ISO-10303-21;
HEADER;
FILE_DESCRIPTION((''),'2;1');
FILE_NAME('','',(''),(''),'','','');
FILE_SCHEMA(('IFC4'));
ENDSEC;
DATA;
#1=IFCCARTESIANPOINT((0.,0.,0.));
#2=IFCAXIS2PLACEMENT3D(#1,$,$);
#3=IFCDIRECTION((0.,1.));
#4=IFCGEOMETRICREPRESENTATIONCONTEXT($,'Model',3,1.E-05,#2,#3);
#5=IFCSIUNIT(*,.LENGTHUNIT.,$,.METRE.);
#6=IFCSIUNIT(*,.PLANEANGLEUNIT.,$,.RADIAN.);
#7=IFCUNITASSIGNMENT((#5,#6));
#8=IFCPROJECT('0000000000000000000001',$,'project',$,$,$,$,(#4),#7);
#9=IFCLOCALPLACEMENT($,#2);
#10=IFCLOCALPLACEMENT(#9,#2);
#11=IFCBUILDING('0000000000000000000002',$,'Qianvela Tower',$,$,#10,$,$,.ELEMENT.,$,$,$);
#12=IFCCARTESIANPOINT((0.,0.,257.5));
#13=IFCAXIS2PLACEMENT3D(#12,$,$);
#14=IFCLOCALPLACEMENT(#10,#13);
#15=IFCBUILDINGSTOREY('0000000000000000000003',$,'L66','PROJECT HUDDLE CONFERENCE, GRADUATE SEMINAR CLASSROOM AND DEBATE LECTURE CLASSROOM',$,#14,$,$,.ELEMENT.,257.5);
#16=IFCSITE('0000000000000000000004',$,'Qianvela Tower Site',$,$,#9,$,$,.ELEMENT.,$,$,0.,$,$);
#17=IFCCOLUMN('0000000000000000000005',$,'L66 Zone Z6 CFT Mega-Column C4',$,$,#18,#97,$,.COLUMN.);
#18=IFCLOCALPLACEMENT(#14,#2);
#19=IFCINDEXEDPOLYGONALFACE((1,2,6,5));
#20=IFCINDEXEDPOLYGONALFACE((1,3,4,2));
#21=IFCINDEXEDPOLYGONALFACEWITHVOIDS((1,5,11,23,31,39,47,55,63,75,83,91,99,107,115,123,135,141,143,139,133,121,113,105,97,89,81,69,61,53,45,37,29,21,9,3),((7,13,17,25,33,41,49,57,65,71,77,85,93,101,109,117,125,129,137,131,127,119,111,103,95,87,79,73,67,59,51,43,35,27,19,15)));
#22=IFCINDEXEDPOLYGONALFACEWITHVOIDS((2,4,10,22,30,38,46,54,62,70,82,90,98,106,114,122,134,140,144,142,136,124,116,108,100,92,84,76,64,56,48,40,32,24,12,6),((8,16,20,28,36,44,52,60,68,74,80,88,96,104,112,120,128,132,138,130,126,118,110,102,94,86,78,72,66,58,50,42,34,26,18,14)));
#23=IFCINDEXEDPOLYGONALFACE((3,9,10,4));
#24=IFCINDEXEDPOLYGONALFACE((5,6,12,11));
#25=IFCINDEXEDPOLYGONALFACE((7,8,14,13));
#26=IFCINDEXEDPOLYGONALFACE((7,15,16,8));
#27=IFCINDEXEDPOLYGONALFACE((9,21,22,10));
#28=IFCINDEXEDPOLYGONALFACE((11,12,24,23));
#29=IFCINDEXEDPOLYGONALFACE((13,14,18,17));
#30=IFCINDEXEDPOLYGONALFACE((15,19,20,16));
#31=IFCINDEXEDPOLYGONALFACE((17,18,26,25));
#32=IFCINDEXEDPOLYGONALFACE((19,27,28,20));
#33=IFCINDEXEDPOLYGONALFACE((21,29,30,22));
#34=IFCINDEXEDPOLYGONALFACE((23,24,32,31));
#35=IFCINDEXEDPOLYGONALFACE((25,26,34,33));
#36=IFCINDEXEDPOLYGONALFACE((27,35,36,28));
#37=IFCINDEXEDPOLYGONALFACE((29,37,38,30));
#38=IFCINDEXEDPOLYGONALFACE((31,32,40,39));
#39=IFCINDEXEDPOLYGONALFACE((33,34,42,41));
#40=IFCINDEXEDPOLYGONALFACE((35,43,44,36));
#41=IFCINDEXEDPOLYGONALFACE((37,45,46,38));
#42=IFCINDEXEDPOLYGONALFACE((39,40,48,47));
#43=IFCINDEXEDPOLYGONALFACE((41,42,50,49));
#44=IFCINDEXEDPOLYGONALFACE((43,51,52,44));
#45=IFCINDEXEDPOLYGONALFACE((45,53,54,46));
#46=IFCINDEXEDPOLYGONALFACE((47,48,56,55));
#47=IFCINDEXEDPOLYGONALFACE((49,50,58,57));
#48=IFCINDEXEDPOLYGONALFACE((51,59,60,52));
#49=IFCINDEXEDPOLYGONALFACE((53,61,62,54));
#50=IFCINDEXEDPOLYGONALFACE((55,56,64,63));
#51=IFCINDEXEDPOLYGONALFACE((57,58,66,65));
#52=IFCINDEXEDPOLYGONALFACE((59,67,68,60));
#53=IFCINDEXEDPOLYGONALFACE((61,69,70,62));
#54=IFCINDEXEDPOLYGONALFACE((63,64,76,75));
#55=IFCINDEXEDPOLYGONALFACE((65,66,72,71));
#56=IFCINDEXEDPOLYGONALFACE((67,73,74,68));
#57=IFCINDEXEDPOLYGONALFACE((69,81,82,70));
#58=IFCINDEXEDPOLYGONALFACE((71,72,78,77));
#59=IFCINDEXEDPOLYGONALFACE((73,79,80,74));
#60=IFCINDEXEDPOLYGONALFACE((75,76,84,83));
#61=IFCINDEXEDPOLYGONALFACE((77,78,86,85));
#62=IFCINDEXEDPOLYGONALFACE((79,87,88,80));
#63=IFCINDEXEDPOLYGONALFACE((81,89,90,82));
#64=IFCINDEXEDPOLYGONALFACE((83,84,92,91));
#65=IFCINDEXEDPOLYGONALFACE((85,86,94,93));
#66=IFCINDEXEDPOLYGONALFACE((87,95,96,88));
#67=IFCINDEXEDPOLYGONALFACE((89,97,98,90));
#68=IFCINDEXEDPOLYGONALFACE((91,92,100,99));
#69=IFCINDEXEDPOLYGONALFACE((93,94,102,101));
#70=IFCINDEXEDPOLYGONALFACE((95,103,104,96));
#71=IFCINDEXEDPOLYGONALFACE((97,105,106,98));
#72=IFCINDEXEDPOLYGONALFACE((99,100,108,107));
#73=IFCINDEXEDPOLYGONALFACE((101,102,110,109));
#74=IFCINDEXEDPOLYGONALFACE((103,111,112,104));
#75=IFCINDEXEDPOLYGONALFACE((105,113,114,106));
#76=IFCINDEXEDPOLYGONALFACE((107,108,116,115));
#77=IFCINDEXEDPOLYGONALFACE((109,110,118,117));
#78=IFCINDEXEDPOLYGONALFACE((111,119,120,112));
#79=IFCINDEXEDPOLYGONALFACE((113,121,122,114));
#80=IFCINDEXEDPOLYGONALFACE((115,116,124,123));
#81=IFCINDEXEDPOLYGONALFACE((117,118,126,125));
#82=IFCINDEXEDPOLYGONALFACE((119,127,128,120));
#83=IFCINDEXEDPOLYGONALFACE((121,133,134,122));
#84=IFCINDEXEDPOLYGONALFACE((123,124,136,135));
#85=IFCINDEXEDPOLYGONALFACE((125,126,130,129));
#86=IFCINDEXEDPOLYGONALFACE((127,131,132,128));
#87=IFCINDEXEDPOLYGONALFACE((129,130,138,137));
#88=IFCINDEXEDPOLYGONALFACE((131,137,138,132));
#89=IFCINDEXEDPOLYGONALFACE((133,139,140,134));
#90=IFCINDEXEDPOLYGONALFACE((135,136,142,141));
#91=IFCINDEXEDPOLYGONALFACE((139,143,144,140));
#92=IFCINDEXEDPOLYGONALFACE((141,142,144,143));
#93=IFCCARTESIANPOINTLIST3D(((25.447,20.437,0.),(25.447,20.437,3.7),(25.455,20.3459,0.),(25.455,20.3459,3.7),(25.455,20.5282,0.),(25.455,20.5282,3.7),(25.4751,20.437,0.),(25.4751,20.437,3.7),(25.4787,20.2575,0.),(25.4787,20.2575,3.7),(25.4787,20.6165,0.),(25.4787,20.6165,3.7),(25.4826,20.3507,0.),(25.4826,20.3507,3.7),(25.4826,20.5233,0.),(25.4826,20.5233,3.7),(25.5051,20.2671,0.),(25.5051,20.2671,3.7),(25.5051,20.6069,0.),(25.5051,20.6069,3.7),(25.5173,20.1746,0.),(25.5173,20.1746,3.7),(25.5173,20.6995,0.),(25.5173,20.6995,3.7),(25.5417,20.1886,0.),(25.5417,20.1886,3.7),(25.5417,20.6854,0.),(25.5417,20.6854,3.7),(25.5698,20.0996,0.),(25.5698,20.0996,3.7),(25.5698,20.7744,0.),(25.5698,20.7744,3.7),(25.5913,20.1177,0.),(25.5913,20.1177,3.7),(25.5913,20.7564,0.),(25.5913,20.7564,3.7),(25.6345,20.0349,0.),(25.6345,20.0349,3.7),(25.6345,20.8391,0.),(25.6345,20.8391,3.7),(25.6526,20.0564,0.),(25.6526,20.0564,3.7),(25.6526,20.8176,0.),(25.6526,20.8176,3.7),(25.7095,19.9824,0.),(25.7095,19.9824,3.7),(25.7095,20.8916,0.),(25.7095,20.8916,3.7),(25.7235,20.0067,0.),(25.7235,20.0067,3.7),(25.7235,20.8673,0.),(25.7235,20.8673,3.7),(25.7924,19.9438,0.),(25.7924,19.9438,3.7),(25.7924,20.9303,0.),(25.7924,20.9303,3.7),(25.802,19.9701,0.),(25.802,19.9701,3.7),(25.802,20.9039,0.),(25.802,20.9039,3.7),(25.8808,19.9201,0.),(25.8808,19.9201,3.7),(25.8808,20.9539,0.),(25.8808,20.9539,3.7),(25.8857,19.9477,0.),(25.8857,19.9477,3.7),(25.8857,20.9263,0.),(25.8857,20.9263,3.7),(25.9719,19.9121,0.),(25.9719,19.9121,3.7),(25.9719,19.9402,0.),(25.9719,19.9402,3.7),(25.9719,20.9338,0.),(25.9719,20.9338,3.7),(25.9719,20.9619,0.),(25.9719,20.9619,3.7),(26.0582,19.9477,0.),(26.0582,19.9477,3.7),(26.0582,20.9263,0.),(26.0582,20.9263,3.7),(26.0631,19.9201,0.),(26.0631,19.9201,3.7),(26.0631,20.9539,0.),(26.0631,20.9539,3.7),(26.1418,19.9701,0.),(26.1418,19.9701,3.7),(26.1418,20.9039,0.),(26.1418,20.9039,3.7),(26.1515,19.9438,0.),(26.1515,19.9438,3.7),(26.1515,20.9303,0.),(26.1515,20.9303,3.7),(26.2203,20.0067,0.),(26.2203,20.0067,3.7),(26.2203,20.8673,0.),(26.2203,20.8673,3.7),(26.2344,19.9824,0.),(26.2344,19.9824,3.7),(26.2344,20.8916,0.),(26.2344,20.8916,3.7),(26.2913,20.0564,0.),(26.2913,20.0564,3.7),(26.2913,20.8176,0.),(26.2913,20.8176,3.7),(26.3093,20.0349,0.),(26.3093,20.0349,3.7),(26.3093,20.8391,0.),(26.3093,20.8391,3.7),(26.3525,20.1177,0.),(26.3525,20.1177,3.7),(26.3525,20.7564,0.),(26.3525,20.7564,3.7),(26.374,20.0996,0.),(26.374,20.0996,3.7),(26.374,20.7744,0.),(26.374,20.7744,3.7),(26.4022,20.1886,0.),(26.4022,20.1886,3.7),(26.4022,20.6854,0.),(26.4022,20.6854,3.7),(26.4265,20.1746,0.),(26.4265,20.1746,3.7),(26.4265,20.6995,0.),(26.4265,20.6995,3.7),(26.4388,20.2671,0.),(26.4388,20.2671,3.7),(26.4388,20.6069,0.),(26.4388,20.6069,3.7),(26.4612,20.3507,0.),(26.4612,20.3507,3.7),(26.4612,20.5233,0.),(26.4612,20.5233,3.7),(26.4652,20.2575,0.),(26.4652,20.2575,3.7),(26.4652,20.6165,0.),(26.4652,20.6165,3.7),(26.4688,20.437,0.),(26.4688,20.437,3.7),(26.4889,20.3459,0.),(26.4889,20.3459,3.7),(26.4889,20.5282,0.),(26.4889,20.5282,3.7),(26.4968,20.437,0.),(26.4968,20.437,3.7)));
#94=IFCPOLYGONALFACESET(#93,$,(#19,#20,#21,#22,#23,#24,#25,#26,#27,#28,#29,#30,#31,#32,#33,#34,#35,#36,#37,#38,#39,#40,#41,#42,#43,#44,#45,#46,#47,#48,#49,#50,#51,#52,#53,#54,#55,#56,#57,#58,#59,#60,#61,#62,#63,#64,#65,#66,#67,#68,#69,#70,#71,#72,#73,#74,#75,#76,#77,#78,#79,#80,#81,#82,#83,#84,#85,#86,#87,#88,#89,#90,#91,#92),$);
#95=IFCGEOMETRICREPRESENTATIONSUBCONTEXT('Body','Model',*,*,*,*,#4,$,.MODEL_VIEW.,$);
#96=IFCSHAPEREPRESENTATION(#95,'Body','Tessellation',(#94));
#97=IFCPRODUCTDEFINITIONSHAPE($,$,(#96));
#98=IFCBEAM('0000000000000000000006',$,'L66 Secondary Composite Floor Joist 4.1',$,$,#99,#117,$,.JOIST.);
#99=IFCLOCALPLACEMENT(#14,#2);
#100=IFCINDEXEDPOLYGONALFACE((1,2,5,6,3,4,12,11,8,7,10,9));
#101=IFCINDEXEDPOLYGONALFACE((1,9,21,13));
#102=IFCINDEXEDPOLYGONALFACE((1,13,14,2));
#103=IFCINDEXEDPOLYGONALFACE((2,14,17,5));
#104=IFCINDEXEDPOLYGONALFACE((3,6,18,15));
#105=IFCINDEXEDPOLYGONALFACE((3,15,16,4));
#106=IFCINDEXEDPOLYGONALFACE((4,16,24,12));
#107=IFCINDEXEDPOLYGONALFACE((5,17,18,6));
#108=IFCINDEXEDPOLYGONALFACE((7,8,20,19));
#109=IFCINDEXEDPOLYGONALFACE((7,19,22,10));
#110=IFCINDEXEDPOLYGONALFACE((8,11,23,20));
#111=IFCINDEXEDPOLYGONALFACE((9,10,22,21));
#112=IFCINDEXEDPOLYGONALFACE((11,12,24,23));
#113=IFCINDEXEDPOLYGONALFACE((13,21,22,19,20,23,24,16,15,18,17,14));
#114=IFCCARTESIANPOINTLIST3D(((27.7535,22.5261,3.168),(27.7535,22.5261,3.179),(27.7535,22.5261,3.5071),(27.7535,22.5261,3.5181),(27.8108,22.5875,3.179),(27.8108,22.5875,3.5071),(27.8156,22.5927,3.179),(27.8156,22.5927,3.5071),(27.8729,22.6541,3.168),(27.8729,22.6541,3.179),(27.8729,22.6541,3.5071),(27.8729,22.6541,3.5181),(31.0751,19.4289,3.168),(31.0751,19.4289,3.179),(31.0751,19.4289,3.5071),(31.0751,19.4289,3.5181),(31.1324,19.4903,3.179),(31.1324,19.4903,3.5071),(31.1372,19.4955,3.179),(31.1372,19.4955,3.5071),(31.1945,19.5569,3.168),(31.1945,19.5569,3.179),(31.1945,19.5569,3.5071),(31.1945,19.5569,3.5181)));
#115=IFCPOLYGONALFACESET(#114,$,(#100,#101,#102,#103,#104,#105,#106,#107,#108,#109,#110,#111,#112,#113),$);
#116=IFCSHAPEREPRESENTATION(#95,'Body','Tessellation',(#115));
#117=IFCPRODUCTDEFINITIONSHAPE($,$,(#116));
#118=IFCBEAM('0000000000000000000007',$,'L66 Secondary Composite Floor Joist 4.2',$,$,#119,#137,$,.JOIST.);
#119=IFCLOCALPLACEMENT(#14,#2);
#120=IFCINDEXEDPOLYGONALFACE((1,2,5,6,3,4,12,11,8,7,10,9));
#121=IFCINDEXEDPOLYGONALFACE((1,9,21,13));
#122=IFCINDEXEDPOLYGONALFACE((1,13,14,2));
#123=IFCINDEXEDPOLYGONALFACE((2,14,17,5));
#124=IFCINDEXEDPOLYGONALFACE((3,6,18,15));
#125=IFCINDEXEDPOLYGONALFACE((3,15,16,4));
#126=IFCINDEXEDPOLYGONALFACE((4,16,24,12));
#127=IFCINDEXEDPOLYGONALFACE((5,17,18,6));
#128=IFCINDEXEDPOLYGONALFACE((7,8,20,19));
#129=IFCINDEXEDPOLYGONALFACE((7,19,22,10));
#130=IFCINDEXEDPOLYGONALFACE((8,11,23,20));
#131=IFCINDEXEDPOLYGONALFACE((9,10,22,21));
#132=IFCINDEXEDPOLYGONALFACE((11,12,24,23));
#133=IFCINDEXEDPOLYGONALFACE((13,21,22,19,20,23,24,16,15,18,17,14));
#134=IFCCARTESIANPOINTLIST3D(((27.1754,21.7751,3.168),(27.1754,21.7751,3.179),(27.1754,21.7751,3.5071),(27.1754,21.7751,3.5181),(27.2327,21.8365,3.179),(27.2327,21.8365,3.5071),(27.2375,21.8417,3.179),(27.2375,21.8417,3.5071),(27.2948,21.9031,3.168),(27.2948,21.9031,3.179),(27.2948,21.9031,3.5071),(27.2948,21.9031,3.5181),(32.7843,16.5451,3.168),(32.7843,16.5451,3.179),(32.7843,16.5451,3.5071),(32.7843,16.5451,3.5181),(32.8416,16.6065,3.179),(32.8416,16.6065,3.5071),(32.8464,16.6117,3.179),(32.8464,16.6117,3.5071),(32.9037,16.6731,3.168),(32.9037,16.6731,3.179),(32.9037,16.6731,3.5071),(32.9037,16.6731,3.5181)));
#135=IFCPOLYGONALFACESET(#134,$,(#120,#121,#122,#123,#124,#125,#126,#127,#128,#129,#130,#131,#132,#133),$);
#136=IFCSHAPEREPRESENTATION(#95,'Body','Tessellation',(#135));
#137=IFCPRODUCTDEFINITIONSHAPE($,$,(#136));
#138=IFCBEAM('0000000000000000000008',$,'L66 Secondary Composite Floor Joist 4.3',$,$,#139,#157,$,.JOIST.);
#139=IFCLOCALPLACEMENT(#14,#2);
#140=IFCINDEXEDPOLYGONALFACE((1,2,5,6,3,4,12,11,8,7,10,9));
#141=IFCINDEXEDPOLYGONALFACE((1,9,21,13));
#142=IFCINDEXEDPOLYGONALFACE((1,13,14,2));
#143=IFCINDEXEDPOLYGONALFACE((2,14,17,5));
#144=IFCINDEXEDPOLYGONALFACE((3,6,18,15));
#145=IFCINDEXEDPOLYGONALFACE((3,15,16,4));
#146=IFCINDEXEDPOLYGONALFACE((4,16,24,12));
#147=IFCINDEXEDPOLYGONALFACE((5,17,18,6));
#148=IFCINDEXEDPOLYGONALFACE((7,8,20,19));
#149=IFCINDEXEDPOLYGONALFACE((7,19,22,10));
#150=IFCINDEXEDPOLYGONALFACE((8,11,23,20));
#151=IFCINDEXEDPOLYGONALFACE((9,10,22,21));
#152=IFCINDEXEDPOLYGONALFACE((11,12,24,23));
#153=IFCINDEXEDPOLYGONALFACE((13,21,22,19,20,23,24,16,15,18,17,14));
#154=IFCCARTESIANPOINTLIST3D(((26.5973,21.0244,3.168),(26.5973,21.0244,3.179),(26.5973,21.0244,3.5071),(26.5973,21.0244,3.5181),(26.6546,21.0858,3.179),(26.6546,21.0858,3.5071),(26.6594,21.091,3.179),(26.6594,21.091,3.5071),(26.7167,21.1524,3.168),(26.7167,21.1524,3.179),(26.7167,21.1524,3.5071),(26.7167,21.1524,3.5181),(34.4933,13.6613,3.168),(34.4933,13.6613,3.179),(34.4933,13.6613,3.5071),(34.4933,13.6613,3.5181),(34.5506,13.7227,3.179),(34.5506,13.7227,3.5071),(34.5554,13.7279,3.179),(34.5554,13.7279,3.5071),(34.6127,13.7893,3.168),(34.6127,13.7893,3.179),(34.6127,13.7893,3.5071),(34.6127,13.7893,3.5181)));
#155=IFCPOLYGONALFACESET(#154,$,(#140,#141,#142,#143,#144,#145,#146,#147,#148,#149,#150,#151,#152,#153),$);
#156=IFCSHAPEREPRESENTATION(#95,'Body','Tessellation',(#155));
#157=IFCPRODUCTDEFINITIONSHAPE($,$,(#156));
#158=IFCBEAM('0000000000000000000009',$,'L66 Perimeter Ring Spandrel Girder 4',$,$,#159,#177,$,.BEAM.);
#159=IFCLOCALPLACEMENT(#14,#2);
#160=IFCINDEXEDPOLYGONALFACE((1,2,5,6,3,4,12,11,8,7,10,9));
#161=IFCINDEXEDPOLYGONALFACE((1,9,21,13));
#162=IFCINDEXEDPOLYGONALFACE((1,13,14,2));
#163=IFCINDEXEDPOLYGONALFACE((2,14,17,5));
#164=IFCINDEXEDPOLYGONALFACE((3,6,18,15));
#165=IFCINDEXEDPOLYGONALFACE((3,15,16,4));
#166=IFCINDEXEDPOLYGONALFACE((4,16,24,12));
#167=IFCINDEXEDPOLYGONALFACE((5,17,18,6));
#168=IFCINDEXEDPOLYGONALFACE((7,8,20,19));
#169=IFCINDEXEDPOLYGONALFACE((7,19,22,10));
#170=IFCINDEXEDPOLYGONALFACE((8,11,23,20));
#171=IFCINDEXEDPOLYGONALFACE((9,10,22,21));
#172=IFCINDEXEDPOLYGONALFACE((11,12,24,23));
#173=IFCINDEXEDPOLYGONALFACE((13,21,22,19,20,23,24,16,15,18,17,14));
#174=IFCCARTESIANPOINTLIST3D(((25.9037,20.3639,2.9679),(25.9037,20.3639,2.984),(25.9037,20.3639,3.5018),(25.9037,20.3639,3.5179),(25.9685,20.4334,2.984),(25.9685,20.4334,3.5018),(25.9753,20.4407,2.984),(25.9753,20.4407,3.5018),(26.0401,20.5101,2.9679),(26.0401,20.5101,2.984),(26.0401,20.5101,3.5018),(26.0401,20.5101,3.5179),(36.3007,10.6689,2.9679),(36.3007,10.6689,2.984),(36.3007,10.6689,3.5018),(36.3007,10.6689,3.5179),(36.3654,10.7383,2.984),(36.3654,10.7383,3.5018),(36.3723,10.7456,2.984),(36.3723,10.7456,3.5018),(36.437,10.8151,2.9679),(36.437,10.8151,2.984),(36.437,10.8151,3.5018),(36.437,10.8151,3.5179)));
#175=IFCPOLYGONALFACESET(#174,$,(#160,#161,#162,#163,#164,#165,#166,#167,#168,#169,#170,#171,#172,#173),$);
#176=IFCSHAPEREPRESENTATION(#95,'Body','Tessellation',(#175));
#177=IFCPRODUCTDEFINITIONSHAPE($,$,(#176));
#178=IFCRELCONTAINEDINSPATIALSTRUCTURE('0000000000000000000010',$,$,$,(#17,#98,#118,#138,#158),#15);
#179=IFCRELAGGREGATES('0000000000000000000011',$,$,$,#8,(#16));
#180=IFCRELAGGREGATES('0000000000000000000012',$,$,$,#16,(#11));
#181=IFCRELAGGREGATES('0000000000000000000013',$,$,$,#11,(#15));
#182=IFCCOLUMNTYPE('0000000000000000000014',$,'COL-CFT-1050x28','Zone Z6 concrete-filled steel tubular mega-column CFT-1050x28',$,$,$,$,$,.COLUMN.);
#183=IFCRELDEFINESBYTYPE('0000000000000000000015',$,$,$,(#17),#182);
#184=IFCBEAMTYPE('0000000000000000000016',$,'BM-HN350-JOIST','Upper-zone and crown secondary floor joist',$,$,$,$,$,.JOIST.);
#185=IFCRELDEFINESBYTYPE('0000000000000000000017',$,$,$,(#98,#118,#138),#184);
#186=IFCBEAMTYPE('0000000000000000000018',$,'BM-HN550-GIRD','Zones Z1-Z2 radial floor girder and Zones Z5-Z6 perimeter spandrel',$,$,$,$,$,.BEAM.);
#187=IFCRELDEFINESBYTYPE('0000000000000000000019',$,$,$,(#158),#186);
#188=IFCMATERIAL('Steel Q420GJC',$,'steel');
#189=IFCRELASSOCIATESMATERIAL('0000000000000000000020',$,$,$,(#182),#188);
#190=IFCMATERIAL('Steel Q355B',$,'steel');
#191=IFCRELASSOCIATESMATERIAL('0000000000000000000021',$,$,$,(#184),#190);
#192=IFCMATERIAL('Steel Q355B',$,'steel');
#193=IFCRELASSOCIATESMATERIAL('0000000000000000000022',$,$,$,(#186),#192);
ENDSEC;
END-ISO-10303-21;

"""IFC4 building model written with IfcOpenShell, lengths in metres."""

from ifc_helpers import new_model, si_unit, direction, frame, origin, origin_2d, place, context, subcontext, project, spatial, hollow_circle, i_section, extrude, material, material_profile, profile_set, type_object, element, save


model = new_model("IFC4")

# Units and contexts
model_context = context("Model", 3, precision=1e-05, world=origin(), true_north=direction((0.0, 1.0)))
body_context = subcontext(model_context, "Body", "Model", "MODEL_VIEW")
ifc_project = project(units=[si_unit("LENGTHUNIT", "METRE"), si_unit("PLANEANGLEUNIT", "RADIAN")], contexts=[model_context])

# Site, building, storey
site_placement = place(None, origin())
site = spatial("IfcSite", under=ifc_project, at=site_placement, Name="Qianvela Tower Site", CompositionType="ELEMENT", RefElevation=0.0)
building_placement = place(site_placement, origin())
building = spatial("IfcBuilding", under=site, at=building_placement, Name="Qianvela Tower", CompositionType="ELEMENT")
storey_placement = place(building_placement, frame((0.0, 0.0, 257.5)))
storey = spatial("IfcBuildingStorey", under=building, at=storey_placement, Name="L66", Description="PROJECT HUDDLE CONFERENCE, GRADUATE SEMINAR CLASSROOM AND DEBATE LECTURE CLASSROOM", CompositionType="ELEMENT", Elevation=257.5)

# Column
ifc_material_1 = material(Name="Steel Q420GJC", Category="steel")
ifc_material_profile_1 = material_profile(ifc_material_1, hollow_circle(Radius=0.5249, WallThickness=0.0281, at=origin_2d()), Name="CFT-1050x28")
ifc_profile_set_1 = profile_set([ifc_material_profile_1], Name="Steel Q420GJC")
column_type = type_object("IfcColumnType", Name="COL-CFT-1050x28", Description="Zone Z6 concrete-filled steel tubular mega-column CFT-1050x28", PredefinedType="COLUMN", material=ifc_profile_set_1)
column_placement = place(storey_placement, frame((25.9719, 20.437, 0.0), z_axis=(0.0, 0.0, 1.0), x_axis=(1.0, 0.0, 0.0)))
element("IfcColumn", 1, at=column_placement, inside=storey, type_object=column_type, Name="L66 Zone Z6 CFT Mega-Column C4", PredefinedType="COLUMN", context=body_context, shape_type="SweptSolid", body=[
    extrude(hollow_circle(Radius=0.5249, WallThickness=0.0281, at=origin_2d()), origin(), (0.0, 0.0, 1.0), 3.7),
])

# Beams
ifc_material_2 = material(Name="Steel Q355B", Category="steel")
ifc_material_profile_2 = material_profile(ifc_material_2, i_section(OverallWidth=0.175, OverallDepth=0.3501, WebThickness=0.0071, FlangeThickness=0.011, at=origin_2d()), Name="HN350x175x7x11")
ifc_profile_set_2 = profile_set([ifc_material_profile_2], Name="Steel Q355B")
beam_type_1 = type_object("IfcBeamType", Name="BM-HN350-JOIST", Description="Upper-zone and crown secondary floor joist", PredefinedType="JOIST", material=ifc_profile_set_2)
beam_1_placement = place(storey_placement, frame((27.8132, 22.5901, 3.343), z_axis=(0.731377, -0.681973, 0.0), x_axis=(0.681973, 0.731377, 0.0)))
element("IfcBeam", 2, at=beam_1_placement, inside=storey, type_object=beam_type_1, Name="L66 Secondary Composite Floor Joist 4.1", PredefinedType="JOIST", context=body_context, shape_type="SweptSolid", body=[
    extrude(i_section(OverallWidth=0.175, OverallDepth=0.3501, WebThickness=0.0071, FlangeThickness=0.011, at=origin_2d()), origin(), (0.0, 0.0, 1.0), 4.5415),
])
beam_2_placement = place(storey_placement, frame((27.2351, 21.8391, 3.343), z_axis=(0.731379, -0.681971, 0.0), x_axis=(0.681971, 0.731379, 0.0)))
element("IfcBeam", 3, at=beam_2_placement, inside=storey, type_object=beam_type_1, Name="L66 Secondary Composite Floor Joist 4.2", PredefinedType="JOIST", context=body_context, shape_type="SweptSolid", body=[
    extrude(i_section(OverallWidth=0.175, OverallDepth=0.3501, WebThickness=0.0071, FlangeThickness=0.011, at=origin_2d()), origin(), (0.0, 0.0, 1.0), 7.6689),
])
beam_3_placement = place(storey_placement, frame((26.657, 21.0884, 3.343), z_axis=(0.731358, -0.681993, 0.0), x_axis=(0.681993, 0.731358, 0.0)))
element("IfcBeam", 4, at=beam_3_placement, inside=storey, type_object=beam_type_1, Name="L66 Secondary Composite Floor Joist 4.3", PredefinedType="JOIST", context=body_context, shape_type="SweptSolid", body=[
    extrude(i_section(OverallWidth=0.175, OverallDepth=0.3501, WebThickness=0.0071, FlangeThickness=0.011, at=origin_2d()), origin(), (0.0, 0.0, 1.0), 10.7964),
])
ifc_material_3 = material(Name="Steel Q355B", Category="steel")
ifc_material_profile_3 = material_profile(ifc_material_3, i_section(OverallWidth=0.2, OverallDepth=0.55, WebThickness=0.01, FlangeThickness=0.0161, at=origin_2d()), Name="HN550x200x10x16")
ifc_profile_set_3 = profile_set([ifc_material_profile_3], Name="Steel Q355B")
beam_type_2 = type_object("IfcBeamType", Name="BM-HN550-GIRD", Description="Zones Z1-Z2 radial floor girder and Zones Z5-Z6 perimeter spandrel", PredefinedType="BEAM", material=ifc_profile_set_3)
beam_4_placement = place(storey_placement, frame((25.9719, 20.437, 3.2429), z_axis=(0.731363, -0.681988, 0.0), x_axis=(0.681988, 0.731363, 0.0)))
element("IfcBeam", 5, at=beam_4_placement, inside=storey, type_object=beam_type_2, Name="L66 Perimeter Ring Spandrel Girder 4", PredefinedType="BEAM", context=body_context, shape_type="SweptSolid", body=[
    extrude(i_section(OverallWidth=0.2, OverallDepth=0.55, WebThickness=0.01, FlangeThickness=0.0161, at=origin_2d()), origin(), (0.0, 0.0, 1.0), 14.2158),
])

save(model, "model.ifc")
